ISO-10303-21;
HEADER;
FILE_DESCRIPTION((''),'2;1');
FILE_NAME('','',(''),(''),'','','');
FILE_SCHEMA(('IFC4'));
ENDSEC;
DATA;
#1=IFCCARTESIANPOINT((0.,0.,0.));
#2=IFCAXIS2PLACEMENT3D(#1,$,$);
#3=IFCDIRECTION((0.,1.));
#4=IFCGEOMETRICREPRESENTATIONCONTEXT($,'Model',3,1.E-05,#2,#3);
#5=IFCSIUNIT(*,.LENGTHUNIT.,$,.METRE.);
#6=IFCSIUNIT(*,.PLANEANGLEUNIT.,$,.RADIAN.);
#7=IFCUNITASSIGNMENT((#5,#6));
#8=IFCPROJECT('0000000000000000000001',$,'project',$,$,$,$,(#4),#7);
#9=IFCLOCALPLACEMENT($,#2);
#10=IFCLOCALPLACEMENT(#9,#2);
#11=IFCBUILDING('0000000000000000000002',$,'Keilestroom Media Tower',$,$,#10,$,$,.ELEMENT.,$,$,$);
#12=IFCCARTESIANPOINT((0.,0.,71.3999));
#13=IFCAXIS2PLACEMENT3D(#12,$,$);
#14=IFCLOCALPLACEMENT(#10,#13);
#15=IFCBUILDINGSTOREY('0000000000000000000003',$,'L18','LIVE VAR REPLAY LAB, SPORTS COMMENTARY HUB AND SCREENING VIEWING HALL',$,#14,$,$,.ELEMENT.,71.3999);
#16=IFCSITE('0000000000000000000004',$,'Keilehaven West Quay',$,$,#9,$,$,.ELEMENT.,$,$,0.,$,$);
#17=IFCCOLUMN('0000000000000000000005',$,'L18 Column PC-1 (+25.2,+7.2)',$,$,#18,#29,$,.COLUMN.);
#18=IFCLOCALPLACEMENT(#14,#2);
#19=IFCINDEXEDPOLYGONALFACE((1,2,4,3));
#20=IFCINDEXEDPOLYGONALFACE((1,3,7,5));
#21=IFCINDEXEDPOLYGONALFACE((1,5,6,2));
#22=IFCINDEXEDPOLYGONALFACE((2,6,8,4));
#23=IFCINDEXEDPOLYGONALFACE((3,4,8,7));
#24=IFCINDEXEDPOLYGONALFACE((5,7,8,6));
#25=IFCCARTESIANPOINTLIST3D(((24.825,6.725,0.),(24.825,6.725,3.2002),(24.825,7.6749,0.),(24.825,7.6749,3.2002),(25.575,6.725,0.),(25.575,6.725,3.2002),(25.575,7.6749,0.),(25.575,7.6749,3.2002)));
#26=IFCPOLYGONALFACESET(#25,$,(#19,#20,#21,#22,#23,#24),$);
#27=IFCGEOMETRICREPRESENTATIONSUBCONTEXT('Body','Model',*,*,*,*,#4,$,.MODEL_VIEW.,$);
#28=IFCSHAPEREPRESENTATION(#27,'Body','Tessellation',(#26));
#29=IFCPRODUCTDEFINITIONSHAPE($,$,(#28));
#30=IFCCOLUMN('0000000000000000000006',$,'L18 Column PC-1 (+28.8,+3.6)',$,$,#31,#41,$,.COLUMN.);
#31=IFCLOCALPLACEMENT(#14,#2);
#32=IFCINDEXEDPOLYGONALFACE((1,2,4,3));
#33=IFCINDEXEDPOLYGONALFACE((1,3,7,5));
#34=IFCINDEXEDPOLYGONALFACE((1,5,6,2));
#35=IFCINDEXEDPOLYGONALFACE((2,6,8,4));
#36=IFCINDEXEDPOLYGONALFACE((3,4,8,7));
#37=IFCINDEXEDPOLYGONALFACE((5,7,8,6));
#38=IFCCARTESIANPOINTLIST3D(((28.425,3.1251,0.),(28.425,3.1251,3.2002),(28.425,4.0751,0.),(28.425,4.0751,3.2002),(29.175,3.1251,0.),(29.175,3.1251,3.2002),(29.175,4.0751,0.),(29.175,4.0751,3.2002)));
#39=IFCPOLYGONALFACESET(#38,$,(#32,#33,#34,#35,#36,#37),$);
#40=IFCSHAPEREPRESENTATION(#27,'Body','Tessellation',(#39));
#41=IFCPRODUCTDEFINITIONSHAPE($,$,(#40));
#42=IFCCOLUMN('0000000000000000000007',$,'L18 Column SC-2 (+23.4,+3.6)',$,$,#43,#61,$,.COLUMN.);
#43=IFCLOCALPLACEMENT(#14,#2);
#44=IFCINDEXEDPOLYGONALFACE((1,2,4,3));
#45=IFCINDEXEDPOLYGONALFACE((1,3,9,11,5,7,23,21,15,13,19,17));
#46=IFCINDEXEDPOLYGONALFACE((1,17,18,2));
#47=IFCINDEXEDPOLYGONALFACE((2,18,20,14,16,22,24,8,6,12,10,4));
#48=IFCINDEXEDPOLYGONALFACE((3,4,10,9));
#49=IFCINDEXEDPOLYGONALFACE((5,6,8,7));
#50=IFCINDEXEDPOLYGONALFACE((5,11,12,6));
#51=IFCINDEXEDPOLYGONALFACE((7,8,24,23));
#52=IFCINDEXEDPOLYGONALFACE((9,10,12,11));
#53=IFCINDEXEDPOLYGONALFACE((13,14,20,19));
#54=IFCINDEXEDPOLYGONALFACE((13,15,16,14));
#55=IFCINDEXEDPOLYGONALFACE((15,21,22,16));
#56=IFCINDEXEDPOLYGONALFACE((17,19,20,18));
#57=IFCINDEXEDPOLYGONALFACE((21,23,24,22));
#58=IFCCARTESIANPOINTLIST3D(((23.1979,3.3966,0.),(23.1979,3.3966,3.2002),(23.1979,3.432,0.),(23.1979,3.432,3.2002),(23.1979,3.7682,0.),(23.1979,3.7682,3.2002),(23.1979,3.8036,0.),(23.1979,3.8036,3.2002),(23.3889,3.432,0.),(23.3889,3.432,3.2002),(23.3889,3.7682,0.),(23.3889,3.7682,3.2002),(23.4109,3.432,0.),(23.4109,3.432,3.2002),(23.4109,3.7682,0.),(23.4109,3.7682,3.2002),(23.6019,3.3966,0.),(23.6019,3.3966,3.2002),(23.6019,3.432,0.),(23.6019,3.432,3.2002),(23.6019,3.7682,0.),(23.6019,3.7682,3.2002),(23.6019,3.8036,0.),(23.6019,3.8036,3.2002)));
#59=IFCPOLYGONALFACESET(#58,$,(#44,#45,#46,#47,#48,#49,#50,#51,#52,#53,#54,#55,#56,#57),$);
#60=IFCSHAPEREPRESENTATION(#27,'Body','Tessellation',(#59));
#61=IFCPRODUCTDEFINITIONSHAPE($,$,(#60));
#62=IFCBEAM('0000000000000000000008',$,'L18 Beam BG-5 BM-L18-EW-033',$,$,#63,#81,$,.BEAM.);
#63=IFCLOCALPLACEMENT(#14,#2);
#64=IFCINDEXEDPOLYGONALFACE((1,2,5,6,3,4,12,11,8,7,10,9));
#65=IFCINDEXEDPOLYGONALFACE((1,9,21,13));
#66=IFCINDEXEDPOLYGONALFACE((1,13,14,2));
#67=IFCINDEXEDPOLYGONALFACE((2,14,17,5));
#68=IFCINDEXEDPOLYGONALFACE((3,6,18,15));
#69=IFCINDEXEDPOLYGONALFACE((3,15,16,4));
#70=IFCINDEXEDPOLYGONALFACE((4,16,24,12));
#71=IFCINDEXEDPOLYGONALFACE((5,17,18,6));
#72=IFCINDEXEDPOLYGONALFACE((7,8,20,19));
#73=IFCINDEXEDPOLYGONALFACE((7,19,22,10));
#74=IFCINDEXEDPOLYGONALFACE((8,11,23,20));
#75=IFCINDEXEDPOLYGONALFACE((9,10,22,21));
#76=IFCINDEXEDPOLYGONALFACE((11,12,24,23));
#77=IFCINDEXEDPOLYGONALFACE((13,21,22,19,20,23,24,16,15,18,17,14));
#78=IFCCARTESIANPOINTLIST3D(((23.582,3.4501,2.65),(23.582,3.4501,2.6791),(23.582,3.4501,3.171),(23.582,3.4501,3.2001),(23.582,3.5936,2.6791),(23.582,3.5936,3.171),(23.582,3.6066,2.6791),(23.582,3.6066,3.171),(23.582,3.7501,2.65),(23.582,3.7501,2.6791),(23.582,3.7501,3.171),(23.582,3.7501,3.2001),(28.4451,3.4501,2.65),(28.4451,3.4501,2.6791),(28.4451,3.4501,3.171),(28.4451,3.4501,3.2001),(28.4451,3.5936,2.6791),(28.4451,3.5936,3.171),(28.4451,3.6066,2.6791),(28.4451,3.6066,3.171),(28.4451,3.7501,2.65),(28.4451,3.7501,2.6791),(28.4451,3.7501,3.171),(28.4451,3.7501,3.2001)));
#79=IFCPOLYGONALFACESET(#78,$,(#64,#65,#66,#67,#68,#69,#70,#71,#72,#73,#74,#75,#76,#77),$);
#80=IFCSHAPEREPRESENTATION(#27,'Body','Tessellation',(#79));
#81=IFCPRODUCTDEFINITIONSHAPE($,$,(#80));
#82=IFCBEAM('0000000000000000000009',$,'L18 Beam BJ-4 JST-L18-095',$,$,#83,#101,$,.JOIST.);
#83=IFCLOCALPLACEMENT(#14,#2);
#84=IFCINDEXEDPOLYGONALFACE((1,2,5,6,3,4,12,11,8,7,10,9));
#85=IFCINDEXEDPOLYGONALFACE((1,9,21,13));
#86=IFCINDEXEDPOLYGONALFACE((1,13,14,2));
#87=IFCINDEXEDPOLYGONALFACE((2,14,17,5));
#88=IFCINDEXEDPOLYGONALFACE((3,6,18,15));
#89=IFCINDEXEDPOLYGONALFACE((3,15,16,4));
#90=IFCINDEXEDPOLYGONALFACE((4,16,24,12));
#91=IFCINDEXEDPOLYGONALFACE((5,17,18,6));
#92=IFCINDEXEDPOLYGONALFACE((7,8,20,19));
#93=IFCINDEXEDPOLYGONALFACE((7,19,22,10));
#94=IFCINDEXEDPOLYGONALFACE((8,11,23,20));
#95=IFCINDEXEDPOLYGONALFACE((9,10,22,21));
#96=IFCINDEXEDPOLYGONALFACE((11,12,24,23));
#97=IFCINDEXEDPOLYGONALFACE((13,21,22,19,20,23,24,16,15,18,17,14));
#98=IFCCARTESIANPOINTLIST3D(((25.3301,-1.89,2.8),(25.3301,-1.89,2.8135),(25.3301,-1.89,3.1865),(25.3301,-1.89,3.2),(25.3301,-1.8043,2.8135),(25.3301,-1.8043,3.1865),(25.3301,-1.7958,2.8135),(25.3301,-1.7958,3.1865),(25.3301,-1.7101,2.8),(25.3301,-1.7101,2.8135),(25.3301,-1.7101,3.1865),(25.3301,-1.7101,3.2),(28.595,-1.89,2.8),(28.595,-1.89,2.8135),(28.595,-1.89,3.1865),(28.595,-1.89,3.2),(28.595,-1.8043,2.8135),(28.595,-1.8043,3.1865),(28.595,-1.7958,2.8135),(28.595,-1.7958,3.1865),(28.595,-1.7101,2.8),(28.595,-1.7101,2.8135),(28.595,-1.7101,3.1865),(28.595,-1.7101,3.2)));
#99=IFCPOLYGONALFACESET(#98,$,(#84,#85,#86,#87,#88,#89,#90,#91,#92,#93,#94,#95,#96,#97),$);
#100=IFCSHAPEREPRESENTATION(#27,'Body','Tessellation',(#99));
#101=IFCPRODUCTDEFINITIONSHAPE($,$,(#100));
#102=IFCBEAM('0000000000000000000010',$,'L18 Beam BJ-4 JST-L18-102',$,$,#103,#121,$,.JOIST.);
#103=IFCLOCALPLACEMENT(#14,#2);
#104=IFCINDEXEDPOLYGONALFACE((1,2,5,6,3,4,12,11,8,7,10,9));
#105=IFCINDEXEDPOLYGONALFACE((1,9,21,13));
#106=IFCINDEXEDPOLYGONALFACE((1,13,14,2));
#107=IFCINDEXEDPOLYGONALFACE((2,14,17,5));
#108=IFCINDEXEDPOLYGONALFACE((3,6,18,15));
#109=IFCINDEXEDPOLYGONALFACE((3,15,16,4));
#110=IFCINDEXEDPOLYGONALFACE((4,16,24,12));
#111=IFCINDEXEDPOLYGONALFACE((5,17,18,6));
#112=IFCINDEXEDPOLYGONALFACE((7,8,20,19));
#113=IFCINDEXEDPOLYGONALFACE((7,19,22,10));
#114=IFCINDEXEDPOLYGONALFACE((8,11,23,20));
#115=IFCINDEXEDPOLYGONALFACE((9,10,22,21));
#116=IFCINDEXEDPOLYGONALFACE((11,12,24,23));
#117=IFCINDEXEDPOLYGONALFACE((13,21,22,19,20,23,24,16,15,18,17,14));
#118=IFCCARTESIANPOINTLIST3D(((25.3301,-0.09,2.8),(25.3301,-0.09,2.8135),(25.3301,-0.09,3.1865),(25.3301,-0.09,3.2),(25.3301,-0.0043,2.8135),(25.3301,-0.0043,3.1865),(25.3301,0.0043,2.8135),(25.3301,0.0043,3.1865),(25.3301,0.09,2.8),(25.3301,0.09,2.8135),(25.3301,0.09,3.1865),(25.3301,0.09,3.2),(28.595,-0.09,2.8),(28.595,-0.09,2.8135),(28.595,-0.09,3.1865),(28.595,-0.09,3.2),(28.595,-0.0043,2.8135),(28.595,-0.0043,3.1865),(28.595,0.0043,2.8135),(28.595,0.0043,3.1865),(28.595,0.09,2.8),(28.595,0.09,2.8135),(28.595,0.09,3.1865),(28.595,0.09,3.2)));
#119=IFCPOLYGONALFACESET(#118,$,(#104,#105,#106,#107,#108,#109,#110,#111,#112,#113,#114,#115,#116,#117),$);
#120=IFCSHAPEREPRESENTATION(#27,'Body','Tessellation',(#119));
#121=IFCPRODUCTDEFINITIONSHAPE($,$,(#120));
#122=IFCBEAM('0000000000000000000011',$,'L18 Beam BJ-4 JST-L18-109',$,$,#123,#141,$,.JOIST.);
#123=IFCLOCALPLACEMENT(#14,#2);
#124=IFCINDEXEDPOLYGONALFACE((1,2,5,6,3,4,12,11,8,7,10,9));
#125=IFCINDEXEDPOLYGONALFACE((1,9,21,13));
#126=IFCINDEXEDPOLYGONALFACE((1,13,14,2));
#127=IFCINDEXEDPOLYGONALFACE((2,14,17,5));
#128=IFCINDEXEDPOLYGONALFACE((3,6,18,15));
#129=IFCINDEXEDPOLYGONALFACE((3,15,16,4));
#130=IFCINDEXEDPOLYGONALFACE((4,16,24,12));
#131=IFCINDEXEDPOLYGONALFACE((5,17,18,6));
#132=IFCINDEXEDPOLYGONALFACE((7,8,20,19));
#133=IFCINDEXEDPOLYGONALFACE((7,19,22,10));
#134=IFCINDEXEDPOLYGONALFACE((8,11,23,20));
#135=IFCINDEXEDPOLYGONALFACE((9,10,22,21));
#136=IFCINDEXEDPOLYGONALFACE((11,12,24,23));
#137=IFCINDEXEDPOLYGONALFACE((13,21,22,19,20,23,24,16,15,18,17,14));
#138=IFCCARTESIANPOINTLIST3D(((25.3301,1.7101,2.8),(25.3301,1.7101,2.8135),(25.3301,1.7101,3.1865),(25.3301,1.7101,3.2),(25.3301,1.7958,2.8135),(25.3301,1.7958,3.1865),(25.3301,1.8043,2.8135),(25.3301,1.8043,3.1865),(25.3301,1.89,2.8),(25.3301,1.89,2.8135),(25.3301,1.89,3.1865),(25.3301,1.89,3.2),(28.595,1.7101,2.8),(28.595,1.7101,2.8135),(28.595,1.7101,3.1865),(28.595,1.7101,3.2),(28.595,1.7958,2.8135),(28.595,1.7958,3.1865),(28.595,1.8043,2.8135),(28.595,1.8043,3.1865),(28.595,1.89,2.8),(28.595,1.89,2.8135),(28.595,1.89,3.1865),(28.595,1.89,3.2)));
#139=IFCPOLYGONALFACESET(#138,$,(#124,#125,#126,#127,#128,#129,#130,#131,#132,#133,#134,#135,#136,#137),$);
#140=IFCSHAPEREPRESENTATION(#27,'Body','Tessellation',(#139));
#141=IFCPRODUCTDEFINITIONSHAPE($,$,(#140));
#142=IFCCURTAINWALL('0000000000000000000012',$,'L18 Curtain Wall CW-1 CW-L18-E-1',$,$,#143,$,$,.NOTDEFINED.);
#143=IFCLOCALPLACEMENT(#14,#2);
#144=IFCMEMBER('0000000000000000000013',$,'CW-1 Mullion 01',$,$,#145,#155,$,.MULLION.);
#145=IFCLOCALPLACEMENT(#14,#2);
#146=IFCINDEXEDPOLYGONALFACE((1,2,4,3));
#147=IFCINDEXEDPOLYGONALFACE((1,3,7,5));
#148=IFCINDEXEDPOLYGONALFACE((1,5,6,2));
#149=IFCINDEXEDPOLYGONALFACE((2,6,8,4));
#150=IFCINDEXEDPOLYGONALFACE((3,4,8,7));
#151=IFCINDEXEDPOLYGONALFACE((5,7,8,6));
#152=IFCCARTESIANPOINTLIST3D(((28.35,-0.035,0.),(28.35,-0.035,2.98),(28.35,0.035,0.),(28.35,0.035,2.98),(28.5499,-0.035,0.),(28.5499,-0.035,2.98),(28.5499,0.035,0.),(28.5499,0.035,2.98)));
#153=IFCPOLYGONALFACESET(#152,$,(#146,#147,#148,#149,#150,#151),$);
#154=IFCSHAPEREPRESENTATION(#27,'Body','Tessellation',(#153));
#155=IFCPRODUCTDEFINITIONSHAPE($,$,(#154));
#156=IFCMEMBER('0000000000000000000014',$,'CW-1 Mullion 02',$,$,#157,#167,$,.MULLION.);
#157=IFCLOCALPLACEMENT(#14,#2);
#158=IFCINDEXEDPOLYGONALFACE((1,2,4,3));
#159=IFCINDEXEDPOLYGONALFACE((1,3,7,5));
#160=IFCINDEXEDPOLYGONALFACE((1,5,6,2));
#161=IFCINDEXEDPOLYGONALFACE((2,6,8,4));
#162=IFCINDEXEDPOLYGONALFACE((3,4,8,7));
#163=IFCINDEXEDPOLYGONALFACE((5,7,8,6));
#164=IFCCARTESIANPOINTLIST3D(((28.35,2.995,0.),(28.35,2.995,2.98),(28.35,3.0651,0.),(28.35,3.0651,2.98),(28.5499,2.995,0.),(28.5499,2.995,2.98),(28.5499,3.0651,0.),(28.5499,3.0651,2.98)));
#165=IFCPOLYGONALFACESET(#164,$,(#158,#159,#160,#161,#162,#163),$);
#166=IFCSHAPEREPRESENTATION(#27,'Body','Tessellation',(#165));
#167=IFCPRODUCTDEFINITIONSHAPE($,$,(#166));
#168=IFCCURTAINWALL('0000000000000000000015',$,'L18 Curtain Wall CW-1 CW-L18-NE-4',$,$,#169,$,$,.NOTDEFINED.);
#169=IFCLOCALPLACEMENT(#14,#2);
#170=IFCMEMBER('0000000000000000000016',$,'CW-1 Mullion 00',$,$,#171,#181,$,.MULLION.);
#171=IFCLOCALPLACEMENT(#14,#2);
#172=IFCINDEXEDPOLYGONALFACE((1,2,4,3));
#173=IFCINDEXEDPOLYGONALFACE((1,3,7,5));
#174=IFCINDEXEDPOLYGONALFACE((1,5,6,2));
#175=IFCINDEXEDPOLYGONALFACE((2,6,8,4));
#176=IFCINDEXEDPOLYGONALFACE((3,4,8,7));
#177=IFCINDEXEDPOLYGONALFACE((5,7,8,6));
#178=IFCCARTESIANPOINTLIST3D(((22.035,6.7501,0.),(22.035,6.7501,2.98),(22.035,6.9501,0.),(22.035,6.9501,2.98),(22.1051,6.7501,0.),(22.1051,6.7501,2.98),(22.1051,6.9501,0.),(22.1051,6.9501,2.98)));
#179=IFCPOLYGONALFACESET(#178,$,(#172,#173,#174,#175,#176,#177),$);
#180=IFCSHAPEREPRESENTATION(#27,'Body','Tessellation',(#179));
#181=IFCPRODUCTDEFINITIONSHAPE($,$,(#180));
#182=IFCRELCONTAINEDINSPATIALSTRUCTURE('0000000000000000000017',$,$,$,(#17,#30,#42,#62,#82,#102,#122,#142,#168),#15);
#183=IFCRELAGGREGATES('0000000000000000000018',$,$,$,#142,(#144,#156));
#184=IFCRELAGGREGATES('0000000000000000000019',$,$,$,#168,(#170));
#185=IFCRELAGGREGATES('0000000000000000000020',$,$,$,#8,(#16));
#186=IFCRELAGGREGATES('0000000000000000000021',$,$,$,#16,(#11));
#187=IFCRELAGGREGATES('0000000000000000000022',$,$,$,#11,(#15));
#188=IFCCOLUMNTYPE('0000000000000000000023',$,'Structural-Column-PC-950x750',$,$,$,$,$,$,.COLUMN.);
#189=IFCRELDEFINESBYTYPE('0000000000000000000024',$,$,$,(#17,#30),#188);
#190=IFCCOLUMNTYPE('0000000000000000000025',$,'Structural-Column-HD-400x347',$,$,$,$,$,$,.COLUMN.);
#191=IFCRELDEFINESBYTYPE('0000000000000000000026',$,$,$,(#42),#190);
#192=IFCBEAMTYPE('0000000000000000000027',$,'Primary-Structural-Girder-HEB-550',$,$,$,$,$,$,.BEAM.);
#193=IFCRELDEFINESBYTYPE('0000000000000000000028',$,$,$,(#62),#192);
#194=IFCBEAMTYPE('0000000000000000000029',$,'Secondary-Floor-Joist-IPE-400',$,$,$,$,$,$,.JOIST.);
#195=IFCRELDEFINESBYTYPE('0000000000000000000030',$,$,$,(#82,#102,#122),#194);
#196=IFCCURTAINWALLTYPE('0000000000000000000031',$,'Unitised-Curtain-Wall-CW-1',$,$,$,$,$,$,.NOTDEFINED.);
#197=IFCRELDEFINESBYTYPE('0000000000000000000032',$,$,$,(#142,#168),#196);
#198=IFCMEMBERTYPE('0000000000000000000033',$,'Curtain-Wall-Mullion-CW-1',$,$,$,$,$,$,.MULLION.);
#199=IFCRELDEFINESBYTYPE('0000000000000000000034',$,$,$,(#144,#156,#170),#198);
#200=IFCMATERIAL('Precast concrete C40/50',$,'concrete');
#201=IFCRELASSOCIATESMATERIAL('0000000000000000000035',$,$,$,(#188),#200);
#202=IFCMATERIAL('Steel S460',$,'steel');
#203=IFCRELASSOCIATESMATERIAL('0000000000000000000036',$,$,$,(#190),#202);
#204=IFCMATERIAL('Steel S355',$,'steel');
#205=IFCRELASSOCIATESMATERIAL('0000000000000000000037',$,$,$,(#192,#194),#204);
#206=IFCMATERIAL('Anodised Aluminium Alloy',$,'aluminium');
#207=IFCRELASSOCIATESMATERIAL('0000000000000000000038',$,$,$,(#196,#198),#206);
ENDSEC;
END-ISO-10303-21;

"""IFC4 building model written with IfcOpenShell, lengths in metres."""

from ifc_helpers import new_model, si_unit, direction, frame, origin, origin_2d, place, context, subcontext, project, spatial, rectangle, i_section, extrude, source, transform, mapped, material, material_profile, profile_set, type_object, element, aggregate, save


model = new_model("IFC4")

# Units and contexts
model_context = context("Model", 3, precision=1e-05, world=origin(), true_north=direction((0.0, 1.0)))
body_context = subcontext(model_context, "Body", "Model", "MODEL_VIEW")
ifc_project = project(units=[si_unit("LENGTHUNIT", "METRE"), si_unit("PLANEANGLEUNIT", "RADIAN")], contexts=[model_context])

# Site, building, storey
site_placement = place(None, origin())
site = spatial("IfcSite", under=ifc_project, at=site_placement, Name="Keilehaven West Quay", CompositionType="ELEMENT", RefElevation=0.0)
building_placement = place(site_placement, origin())
building = spatial("IfcBuilding", under=site, at=building_placement, Name="Keilestroom Media Tower", CompositionType="ELEMENT")
storey_placement = place(building_placement, frame((0.0, 0.0, 71.3999)))
storey = spatial("IfcBuildingStorey", under=building, at=storey_placement, Name="L18", Description="LIVE VAR REPLAY LAB, SPORTS COMMENTARY HUB AND SCREENING VIEWING HALL", CompositionType="ELEMENT", Elevation=71.3999)

# Columns
ifc_material_1 = material(Name="Precast concrete C40/50", Category="concrete")
ifc_material_profile_1 = material_profile(ifc_material_1, rectangle(XDim=0.75, YDim=0.95, at=origin_2d()), Name="PC 950x750")
ifc_profile_set_1 = profile_set([ifc_material_profile_1], Name="Precast concrete C40/50")
column_type_1 = type_object("IfcColumnType", Name="Structural-Column-PC-950x750", PredefinedType="COLUMN", material=ifc_profile_set_1)
shared_shape_1 = source(origin(), body_context, "Body", "SweptSolid", [
    extrude(rectangle(XDim=0.75, YDim=0.95, at=origin_2d()), origin(), (0.0, 0.0, 1.0), 3.2002),
])
for number, where, z_axis, x_axis, name in (
    (1, (25.2, 7.2, 0.0), (0.0, 0.0, 1.0), (1.0, 0.0, 0.0), "L18 Column PC-1 (+25.2,+7.2)"),
    (2, (28.8, 3.6001, 0.0), (0.0, 0.0, 1.0), (1.0, 0.0, 0.0), "L18 Column PC-1 (+28.8,+3.6)"),
):
    element("IfcColumn", number, at=place(storey_placement, frame(where, z_axis=z_axis, x_axis=x_axis)), inside=storey, type_object=column_type_1, Name=name, PredefinedType="COLUMN", context=body_context, shape_type="MappedRepresentation", body=[
        mapped(shared_shape_1, transform((0.0, 0.0, 0.0), x_axis=(1.0, 0.0, 0.0), y_axis=(0.0, 1.0, 0.0), z_axis=(0.0, 0.0, 1.0), scale=1.0)),
    ])
ifc_material_2 = material(Name="Steel S460", Category="steel")
ifc_material_profile_2 = material_profile(ifc_material_2, i_section(OverallWidth=0.4041, OverallDepth=0.407, WebThickness=0.022, FlangeThickness=0.0354, at=origin_2d()), Name="HD 400x347")
ifc_profile_set_2 = profile_set([ifc_material_profile_2], Name="Steel S460")
column_type_2 = type_object("IfcColumnType", Name="Structural-Column-HD-400x347", PredefinedType="COLUMN", material=ifc_profile_set_2)
shared_shape_2 = source(origin(), body_context, "Body", "SweptSolid", [
    extrude(i_section(OverallWidth=0.4041, OverallDepth=0.407, WebThickness=0.022, FlangeThickness=0.0354, at=origin_2d()), origin(), (0.0, 0.0, 1.0), 3.2002),
])
column_placement = place(storey_placement, frame((23.3999, 3.6001, 0.0), z_axis=(0.0, 0.0, 1.0), x_axis=(1.0, 0.0, 0.0)))
element("IfcColumn", 3, at=column_placement, inside=storey, type_object=column_type_2, Name="L18 Column SC-2 (+23.4,+3.6)", PredefinedType="COLUMN", context=body_context, shape_type="MappedRepresentation", body=[
    mapped(shared_shape_2, transform((0.0, 0.0, 0.0), x_axis=(1.0, 0.0, 0.0), y_axis=(0.0, 1.0, 0.0), z_axis=(0.0, 0.0, 1.0), scale=1.0)),
])

# Beams
ifc_material_3 = material(Name="Steel S355", Category="steel")
ifc_material_profile_3 = material_profile(ifc_material_3, i_section(OverallWidth=0.3, OverallDepth=0.55, WebThickness=0.0129, FlangeThickness=0.0291, at=origin_2d()), Name="HEB 550")
ifc_profile_set_3 = profile_set([ifc_material_profile_3], Name="Steel S355")
beam_type_1 = type_object("IfcBeamType", Name="Primary-Structural-Girder-HEB-550", PredefinedType="BEAM", material=ifc_profile_set_3)
shared_shape_3 = source(origin(), body_context, "Body", "SweptSolid", [
    extrude(i_section(OverallWidth=0.3, OverallDepth=0.55, WebThickness=0.0129, FlangeThickness=0.0291, at=origin_2d()), origin(), (0.0, 0.0, 1.0), 4.863),
])
beam_placement = place(storey_placement, frame((23.582, 3.6001, 2.925), z_axis=(1.0, 0.0, 0.0), x_axis=(0.0, 1.0, 0.0)))
element("IfcBeam", 4, at=beam_placement, inside=storey, type_object=beam_type_1, Name="L18 Beam BG-5 BM-L18-EW-033", PredefinedType="BEAM", context=body_context, shape_type="MappedRepresentation", body=[
    mapped(shared_shape_3, transform((0.0, 0.0, 0.0), x_axis=(1.0, 0.0, 0.0), y_axis=(0.0, 1.0, 0.0), z_axis=(0.0, 0.0, 1.0), scale=1.0)),
])
ifc_material_profile_4 = material_profile(ifc_material_3, i_section(OverallWidth=0.1799, OverallDepth=0.3999, WebThickness=0.0085, FlangeThickness=0.0134, at=origin_2d()), Name="IPE 400")
ifc_profile_set_4 = profile_set([ifc_material_profile_4], Name="Steel S355")
beam_type_2 = type_object("IfcBeamType", Name="Secondary-Floor-Joist-IPE-400", PredefinedType="JOIST", material=ifc_profile_set_4)
shared_shape_4 = source(origin(), body_context, "Body", "SweptSolid", [
    extrude(i_section(OverallWidth=0.1799, OverallDepth=0.3999, WebThickness=0.0085, FlangeThickness=0.0134, at=origin_2d()), origin(), (0.0, 0.0, 1.0), 3.2649),
])
for number, where, z_axis, x_axis, name in (
    (5, (25.3301, -1.8, 3.0), (1.0, 0.0, 0.0), (0.0, 1.0, 0.0), "L18 Beam BJ-4 JST-L18-095"),
    (6, (25.3301, 0.0, 3.0), (1.0, 0.0, 0.0), (0.0, 1.0, 0.0), "L18 Beam BJ-4 JST-L18-102"),
    (7, (25.3301, 1.8, 3.0), (1.0, 0.0, 0.0), (0.0, 1.0, 0.0), "L18 Beam BJ-4 JST-L18-109"),
):
    element("IfcBeam", number, at=place(storey_placement, frame(where, z_axis=z_axis, x_axis=x_axis)), inside=storey, type_object=beam_type_2, Name=name, PredefinedType="JOIST", context=body_context, shape_type="MappedRepresentation", body=[
        mapped(shared_shape_4, transform((0.0, 0.0, 0.0), x_axis=(1.0, 0.0, 0.0), y_axis=(0.0, 1.0, 0.0), z_axis=(0.0, 0.0, 1.0), scale=1.0)),
    ])

# Curtain walls, members
ifc_material_4 = material(Name="Anodised Aluminium Alloy", Category="aluminium")
curtain_wall_type = type_object("IfcCurtainWallType", Name="Unitised-Curtain-Wall-CW-1", PredefinedType="NOTDEFINED", material=ifc_material_4)
curtain_wall_1_placement = place(storey_placement, origin())
curtain_wall_1 = element("IfcCurtainWall", 8, at=curtain_wall_1_placement, inside=storey, type_object=curtain_wall_type, Name="L18 Curtain Wall CW-1 CW-L18-E-1", PredefinedType="NOTDEFINED")
ifc_material_profile_5 = material_profile(ifc_material_4, rectangle(XDim=0.0701, YDim=0.2, at=origin_2d()), Name="ALU MULLION 70x200")
ifc_profile_set_5 = profile_set([ifc_material_profile_5], Name="Anodised Aluminium Alloy")
member_type_1 = type_object("IfcMemberType", Name="Curtain-Wall-Mullion-CW-1", PredefinedType="MULLION", material=ifc_profile_set_5)
shared_shape_5 = source(origin(), body_context, "Body", "SweptSolid", [
    extrude(rectangle(XDim=0.0701, YDim=0.2, at=origin_2d()), origin(), (0.0, 0.0, 1.0), 2.98),
])
member_1_placement = place(storey_placement, frame((28.45, 0.0, 0.0), z_axis=(0.0, 0.0, 1.0), x_axis=(0.0, 1.0, 0.0)))
member_1 = element("IfcMember", 9, at=member_1_placement, type_object=member_type_1, Name="CW-1 Mullion 01", PredefinedType="MULLION", context=body_context, shape_type="MappedRepresentation", body=[
    mapped(shared_shape_5, transform((0.0, 0.0, 0.0), x_axis=(1.0, 0.0, 0.0), y_axis=(0.0, 1.0, 0.0), z_axis=(0.0, 0.0, 1.0), scale=1.0)),
])
member_2_placement = place(storey_placement, frame((28.45, 3.03, 0.0), z_axis=(0.0, 0.0, 1.0), x_axis=(0.0, 1.0, 0.0)))
member_2 = element("IfcMember", 10, at=member_2_placement, type_object=member_type_1, Name="CW-1 Mullion 02", PredefinedType="MULLION", context=body_context, shape_type="MappedRepresentation", body=[
    mapped(shared_shape_5, transform((0.0, 0.0, 0.0), x_axis=(1.0, 0.0, 0.0), y_axis=(0.0, 1.0, 0.0), z_axis=(0.0, 0.0, 1.0), scale=1.0)),
])
curtain_wall_2_placement = place(storey_placement, origin())
curtain_wall_2 = element("IfcCurtainWall", 11, at=curtain_wall_2_placement, inside=storey, type_object=curtain_wall_type, Name="L18 Curtain Wall CW-1 CW-L18-NE-4", PredefinedType="NOTDEFINED")
member_3_placement = place(storey_placement, frame((22.0701, 6.8501, 0.0), z_axis=(0.0, 0.0, 1.0), x_axis=(1.0, 0.0, 0.0)))
member_3 = element("IfcMember", 12, at=member_3_placement, type_object=member_type_1, Name="CW-1 Mullion 00", PredefinedType="MULLION", context=body_context, shape_type="MappedRepresentation", body=[
    mapped(shared_shape_5, transform((0.0, 0.0, 0.0), x_axis=(1.0, 0.0, 0.0), y_axis=(0.0, 1.0, 0.0), z_axis=(0.0, 0.0, 1.0), scale=1.0)),
])

aggregate(curtain_wall_1, [member_1, member_2])
aggregate(curtain_wall_2, [member_3])

save(model, "model.ifc")
